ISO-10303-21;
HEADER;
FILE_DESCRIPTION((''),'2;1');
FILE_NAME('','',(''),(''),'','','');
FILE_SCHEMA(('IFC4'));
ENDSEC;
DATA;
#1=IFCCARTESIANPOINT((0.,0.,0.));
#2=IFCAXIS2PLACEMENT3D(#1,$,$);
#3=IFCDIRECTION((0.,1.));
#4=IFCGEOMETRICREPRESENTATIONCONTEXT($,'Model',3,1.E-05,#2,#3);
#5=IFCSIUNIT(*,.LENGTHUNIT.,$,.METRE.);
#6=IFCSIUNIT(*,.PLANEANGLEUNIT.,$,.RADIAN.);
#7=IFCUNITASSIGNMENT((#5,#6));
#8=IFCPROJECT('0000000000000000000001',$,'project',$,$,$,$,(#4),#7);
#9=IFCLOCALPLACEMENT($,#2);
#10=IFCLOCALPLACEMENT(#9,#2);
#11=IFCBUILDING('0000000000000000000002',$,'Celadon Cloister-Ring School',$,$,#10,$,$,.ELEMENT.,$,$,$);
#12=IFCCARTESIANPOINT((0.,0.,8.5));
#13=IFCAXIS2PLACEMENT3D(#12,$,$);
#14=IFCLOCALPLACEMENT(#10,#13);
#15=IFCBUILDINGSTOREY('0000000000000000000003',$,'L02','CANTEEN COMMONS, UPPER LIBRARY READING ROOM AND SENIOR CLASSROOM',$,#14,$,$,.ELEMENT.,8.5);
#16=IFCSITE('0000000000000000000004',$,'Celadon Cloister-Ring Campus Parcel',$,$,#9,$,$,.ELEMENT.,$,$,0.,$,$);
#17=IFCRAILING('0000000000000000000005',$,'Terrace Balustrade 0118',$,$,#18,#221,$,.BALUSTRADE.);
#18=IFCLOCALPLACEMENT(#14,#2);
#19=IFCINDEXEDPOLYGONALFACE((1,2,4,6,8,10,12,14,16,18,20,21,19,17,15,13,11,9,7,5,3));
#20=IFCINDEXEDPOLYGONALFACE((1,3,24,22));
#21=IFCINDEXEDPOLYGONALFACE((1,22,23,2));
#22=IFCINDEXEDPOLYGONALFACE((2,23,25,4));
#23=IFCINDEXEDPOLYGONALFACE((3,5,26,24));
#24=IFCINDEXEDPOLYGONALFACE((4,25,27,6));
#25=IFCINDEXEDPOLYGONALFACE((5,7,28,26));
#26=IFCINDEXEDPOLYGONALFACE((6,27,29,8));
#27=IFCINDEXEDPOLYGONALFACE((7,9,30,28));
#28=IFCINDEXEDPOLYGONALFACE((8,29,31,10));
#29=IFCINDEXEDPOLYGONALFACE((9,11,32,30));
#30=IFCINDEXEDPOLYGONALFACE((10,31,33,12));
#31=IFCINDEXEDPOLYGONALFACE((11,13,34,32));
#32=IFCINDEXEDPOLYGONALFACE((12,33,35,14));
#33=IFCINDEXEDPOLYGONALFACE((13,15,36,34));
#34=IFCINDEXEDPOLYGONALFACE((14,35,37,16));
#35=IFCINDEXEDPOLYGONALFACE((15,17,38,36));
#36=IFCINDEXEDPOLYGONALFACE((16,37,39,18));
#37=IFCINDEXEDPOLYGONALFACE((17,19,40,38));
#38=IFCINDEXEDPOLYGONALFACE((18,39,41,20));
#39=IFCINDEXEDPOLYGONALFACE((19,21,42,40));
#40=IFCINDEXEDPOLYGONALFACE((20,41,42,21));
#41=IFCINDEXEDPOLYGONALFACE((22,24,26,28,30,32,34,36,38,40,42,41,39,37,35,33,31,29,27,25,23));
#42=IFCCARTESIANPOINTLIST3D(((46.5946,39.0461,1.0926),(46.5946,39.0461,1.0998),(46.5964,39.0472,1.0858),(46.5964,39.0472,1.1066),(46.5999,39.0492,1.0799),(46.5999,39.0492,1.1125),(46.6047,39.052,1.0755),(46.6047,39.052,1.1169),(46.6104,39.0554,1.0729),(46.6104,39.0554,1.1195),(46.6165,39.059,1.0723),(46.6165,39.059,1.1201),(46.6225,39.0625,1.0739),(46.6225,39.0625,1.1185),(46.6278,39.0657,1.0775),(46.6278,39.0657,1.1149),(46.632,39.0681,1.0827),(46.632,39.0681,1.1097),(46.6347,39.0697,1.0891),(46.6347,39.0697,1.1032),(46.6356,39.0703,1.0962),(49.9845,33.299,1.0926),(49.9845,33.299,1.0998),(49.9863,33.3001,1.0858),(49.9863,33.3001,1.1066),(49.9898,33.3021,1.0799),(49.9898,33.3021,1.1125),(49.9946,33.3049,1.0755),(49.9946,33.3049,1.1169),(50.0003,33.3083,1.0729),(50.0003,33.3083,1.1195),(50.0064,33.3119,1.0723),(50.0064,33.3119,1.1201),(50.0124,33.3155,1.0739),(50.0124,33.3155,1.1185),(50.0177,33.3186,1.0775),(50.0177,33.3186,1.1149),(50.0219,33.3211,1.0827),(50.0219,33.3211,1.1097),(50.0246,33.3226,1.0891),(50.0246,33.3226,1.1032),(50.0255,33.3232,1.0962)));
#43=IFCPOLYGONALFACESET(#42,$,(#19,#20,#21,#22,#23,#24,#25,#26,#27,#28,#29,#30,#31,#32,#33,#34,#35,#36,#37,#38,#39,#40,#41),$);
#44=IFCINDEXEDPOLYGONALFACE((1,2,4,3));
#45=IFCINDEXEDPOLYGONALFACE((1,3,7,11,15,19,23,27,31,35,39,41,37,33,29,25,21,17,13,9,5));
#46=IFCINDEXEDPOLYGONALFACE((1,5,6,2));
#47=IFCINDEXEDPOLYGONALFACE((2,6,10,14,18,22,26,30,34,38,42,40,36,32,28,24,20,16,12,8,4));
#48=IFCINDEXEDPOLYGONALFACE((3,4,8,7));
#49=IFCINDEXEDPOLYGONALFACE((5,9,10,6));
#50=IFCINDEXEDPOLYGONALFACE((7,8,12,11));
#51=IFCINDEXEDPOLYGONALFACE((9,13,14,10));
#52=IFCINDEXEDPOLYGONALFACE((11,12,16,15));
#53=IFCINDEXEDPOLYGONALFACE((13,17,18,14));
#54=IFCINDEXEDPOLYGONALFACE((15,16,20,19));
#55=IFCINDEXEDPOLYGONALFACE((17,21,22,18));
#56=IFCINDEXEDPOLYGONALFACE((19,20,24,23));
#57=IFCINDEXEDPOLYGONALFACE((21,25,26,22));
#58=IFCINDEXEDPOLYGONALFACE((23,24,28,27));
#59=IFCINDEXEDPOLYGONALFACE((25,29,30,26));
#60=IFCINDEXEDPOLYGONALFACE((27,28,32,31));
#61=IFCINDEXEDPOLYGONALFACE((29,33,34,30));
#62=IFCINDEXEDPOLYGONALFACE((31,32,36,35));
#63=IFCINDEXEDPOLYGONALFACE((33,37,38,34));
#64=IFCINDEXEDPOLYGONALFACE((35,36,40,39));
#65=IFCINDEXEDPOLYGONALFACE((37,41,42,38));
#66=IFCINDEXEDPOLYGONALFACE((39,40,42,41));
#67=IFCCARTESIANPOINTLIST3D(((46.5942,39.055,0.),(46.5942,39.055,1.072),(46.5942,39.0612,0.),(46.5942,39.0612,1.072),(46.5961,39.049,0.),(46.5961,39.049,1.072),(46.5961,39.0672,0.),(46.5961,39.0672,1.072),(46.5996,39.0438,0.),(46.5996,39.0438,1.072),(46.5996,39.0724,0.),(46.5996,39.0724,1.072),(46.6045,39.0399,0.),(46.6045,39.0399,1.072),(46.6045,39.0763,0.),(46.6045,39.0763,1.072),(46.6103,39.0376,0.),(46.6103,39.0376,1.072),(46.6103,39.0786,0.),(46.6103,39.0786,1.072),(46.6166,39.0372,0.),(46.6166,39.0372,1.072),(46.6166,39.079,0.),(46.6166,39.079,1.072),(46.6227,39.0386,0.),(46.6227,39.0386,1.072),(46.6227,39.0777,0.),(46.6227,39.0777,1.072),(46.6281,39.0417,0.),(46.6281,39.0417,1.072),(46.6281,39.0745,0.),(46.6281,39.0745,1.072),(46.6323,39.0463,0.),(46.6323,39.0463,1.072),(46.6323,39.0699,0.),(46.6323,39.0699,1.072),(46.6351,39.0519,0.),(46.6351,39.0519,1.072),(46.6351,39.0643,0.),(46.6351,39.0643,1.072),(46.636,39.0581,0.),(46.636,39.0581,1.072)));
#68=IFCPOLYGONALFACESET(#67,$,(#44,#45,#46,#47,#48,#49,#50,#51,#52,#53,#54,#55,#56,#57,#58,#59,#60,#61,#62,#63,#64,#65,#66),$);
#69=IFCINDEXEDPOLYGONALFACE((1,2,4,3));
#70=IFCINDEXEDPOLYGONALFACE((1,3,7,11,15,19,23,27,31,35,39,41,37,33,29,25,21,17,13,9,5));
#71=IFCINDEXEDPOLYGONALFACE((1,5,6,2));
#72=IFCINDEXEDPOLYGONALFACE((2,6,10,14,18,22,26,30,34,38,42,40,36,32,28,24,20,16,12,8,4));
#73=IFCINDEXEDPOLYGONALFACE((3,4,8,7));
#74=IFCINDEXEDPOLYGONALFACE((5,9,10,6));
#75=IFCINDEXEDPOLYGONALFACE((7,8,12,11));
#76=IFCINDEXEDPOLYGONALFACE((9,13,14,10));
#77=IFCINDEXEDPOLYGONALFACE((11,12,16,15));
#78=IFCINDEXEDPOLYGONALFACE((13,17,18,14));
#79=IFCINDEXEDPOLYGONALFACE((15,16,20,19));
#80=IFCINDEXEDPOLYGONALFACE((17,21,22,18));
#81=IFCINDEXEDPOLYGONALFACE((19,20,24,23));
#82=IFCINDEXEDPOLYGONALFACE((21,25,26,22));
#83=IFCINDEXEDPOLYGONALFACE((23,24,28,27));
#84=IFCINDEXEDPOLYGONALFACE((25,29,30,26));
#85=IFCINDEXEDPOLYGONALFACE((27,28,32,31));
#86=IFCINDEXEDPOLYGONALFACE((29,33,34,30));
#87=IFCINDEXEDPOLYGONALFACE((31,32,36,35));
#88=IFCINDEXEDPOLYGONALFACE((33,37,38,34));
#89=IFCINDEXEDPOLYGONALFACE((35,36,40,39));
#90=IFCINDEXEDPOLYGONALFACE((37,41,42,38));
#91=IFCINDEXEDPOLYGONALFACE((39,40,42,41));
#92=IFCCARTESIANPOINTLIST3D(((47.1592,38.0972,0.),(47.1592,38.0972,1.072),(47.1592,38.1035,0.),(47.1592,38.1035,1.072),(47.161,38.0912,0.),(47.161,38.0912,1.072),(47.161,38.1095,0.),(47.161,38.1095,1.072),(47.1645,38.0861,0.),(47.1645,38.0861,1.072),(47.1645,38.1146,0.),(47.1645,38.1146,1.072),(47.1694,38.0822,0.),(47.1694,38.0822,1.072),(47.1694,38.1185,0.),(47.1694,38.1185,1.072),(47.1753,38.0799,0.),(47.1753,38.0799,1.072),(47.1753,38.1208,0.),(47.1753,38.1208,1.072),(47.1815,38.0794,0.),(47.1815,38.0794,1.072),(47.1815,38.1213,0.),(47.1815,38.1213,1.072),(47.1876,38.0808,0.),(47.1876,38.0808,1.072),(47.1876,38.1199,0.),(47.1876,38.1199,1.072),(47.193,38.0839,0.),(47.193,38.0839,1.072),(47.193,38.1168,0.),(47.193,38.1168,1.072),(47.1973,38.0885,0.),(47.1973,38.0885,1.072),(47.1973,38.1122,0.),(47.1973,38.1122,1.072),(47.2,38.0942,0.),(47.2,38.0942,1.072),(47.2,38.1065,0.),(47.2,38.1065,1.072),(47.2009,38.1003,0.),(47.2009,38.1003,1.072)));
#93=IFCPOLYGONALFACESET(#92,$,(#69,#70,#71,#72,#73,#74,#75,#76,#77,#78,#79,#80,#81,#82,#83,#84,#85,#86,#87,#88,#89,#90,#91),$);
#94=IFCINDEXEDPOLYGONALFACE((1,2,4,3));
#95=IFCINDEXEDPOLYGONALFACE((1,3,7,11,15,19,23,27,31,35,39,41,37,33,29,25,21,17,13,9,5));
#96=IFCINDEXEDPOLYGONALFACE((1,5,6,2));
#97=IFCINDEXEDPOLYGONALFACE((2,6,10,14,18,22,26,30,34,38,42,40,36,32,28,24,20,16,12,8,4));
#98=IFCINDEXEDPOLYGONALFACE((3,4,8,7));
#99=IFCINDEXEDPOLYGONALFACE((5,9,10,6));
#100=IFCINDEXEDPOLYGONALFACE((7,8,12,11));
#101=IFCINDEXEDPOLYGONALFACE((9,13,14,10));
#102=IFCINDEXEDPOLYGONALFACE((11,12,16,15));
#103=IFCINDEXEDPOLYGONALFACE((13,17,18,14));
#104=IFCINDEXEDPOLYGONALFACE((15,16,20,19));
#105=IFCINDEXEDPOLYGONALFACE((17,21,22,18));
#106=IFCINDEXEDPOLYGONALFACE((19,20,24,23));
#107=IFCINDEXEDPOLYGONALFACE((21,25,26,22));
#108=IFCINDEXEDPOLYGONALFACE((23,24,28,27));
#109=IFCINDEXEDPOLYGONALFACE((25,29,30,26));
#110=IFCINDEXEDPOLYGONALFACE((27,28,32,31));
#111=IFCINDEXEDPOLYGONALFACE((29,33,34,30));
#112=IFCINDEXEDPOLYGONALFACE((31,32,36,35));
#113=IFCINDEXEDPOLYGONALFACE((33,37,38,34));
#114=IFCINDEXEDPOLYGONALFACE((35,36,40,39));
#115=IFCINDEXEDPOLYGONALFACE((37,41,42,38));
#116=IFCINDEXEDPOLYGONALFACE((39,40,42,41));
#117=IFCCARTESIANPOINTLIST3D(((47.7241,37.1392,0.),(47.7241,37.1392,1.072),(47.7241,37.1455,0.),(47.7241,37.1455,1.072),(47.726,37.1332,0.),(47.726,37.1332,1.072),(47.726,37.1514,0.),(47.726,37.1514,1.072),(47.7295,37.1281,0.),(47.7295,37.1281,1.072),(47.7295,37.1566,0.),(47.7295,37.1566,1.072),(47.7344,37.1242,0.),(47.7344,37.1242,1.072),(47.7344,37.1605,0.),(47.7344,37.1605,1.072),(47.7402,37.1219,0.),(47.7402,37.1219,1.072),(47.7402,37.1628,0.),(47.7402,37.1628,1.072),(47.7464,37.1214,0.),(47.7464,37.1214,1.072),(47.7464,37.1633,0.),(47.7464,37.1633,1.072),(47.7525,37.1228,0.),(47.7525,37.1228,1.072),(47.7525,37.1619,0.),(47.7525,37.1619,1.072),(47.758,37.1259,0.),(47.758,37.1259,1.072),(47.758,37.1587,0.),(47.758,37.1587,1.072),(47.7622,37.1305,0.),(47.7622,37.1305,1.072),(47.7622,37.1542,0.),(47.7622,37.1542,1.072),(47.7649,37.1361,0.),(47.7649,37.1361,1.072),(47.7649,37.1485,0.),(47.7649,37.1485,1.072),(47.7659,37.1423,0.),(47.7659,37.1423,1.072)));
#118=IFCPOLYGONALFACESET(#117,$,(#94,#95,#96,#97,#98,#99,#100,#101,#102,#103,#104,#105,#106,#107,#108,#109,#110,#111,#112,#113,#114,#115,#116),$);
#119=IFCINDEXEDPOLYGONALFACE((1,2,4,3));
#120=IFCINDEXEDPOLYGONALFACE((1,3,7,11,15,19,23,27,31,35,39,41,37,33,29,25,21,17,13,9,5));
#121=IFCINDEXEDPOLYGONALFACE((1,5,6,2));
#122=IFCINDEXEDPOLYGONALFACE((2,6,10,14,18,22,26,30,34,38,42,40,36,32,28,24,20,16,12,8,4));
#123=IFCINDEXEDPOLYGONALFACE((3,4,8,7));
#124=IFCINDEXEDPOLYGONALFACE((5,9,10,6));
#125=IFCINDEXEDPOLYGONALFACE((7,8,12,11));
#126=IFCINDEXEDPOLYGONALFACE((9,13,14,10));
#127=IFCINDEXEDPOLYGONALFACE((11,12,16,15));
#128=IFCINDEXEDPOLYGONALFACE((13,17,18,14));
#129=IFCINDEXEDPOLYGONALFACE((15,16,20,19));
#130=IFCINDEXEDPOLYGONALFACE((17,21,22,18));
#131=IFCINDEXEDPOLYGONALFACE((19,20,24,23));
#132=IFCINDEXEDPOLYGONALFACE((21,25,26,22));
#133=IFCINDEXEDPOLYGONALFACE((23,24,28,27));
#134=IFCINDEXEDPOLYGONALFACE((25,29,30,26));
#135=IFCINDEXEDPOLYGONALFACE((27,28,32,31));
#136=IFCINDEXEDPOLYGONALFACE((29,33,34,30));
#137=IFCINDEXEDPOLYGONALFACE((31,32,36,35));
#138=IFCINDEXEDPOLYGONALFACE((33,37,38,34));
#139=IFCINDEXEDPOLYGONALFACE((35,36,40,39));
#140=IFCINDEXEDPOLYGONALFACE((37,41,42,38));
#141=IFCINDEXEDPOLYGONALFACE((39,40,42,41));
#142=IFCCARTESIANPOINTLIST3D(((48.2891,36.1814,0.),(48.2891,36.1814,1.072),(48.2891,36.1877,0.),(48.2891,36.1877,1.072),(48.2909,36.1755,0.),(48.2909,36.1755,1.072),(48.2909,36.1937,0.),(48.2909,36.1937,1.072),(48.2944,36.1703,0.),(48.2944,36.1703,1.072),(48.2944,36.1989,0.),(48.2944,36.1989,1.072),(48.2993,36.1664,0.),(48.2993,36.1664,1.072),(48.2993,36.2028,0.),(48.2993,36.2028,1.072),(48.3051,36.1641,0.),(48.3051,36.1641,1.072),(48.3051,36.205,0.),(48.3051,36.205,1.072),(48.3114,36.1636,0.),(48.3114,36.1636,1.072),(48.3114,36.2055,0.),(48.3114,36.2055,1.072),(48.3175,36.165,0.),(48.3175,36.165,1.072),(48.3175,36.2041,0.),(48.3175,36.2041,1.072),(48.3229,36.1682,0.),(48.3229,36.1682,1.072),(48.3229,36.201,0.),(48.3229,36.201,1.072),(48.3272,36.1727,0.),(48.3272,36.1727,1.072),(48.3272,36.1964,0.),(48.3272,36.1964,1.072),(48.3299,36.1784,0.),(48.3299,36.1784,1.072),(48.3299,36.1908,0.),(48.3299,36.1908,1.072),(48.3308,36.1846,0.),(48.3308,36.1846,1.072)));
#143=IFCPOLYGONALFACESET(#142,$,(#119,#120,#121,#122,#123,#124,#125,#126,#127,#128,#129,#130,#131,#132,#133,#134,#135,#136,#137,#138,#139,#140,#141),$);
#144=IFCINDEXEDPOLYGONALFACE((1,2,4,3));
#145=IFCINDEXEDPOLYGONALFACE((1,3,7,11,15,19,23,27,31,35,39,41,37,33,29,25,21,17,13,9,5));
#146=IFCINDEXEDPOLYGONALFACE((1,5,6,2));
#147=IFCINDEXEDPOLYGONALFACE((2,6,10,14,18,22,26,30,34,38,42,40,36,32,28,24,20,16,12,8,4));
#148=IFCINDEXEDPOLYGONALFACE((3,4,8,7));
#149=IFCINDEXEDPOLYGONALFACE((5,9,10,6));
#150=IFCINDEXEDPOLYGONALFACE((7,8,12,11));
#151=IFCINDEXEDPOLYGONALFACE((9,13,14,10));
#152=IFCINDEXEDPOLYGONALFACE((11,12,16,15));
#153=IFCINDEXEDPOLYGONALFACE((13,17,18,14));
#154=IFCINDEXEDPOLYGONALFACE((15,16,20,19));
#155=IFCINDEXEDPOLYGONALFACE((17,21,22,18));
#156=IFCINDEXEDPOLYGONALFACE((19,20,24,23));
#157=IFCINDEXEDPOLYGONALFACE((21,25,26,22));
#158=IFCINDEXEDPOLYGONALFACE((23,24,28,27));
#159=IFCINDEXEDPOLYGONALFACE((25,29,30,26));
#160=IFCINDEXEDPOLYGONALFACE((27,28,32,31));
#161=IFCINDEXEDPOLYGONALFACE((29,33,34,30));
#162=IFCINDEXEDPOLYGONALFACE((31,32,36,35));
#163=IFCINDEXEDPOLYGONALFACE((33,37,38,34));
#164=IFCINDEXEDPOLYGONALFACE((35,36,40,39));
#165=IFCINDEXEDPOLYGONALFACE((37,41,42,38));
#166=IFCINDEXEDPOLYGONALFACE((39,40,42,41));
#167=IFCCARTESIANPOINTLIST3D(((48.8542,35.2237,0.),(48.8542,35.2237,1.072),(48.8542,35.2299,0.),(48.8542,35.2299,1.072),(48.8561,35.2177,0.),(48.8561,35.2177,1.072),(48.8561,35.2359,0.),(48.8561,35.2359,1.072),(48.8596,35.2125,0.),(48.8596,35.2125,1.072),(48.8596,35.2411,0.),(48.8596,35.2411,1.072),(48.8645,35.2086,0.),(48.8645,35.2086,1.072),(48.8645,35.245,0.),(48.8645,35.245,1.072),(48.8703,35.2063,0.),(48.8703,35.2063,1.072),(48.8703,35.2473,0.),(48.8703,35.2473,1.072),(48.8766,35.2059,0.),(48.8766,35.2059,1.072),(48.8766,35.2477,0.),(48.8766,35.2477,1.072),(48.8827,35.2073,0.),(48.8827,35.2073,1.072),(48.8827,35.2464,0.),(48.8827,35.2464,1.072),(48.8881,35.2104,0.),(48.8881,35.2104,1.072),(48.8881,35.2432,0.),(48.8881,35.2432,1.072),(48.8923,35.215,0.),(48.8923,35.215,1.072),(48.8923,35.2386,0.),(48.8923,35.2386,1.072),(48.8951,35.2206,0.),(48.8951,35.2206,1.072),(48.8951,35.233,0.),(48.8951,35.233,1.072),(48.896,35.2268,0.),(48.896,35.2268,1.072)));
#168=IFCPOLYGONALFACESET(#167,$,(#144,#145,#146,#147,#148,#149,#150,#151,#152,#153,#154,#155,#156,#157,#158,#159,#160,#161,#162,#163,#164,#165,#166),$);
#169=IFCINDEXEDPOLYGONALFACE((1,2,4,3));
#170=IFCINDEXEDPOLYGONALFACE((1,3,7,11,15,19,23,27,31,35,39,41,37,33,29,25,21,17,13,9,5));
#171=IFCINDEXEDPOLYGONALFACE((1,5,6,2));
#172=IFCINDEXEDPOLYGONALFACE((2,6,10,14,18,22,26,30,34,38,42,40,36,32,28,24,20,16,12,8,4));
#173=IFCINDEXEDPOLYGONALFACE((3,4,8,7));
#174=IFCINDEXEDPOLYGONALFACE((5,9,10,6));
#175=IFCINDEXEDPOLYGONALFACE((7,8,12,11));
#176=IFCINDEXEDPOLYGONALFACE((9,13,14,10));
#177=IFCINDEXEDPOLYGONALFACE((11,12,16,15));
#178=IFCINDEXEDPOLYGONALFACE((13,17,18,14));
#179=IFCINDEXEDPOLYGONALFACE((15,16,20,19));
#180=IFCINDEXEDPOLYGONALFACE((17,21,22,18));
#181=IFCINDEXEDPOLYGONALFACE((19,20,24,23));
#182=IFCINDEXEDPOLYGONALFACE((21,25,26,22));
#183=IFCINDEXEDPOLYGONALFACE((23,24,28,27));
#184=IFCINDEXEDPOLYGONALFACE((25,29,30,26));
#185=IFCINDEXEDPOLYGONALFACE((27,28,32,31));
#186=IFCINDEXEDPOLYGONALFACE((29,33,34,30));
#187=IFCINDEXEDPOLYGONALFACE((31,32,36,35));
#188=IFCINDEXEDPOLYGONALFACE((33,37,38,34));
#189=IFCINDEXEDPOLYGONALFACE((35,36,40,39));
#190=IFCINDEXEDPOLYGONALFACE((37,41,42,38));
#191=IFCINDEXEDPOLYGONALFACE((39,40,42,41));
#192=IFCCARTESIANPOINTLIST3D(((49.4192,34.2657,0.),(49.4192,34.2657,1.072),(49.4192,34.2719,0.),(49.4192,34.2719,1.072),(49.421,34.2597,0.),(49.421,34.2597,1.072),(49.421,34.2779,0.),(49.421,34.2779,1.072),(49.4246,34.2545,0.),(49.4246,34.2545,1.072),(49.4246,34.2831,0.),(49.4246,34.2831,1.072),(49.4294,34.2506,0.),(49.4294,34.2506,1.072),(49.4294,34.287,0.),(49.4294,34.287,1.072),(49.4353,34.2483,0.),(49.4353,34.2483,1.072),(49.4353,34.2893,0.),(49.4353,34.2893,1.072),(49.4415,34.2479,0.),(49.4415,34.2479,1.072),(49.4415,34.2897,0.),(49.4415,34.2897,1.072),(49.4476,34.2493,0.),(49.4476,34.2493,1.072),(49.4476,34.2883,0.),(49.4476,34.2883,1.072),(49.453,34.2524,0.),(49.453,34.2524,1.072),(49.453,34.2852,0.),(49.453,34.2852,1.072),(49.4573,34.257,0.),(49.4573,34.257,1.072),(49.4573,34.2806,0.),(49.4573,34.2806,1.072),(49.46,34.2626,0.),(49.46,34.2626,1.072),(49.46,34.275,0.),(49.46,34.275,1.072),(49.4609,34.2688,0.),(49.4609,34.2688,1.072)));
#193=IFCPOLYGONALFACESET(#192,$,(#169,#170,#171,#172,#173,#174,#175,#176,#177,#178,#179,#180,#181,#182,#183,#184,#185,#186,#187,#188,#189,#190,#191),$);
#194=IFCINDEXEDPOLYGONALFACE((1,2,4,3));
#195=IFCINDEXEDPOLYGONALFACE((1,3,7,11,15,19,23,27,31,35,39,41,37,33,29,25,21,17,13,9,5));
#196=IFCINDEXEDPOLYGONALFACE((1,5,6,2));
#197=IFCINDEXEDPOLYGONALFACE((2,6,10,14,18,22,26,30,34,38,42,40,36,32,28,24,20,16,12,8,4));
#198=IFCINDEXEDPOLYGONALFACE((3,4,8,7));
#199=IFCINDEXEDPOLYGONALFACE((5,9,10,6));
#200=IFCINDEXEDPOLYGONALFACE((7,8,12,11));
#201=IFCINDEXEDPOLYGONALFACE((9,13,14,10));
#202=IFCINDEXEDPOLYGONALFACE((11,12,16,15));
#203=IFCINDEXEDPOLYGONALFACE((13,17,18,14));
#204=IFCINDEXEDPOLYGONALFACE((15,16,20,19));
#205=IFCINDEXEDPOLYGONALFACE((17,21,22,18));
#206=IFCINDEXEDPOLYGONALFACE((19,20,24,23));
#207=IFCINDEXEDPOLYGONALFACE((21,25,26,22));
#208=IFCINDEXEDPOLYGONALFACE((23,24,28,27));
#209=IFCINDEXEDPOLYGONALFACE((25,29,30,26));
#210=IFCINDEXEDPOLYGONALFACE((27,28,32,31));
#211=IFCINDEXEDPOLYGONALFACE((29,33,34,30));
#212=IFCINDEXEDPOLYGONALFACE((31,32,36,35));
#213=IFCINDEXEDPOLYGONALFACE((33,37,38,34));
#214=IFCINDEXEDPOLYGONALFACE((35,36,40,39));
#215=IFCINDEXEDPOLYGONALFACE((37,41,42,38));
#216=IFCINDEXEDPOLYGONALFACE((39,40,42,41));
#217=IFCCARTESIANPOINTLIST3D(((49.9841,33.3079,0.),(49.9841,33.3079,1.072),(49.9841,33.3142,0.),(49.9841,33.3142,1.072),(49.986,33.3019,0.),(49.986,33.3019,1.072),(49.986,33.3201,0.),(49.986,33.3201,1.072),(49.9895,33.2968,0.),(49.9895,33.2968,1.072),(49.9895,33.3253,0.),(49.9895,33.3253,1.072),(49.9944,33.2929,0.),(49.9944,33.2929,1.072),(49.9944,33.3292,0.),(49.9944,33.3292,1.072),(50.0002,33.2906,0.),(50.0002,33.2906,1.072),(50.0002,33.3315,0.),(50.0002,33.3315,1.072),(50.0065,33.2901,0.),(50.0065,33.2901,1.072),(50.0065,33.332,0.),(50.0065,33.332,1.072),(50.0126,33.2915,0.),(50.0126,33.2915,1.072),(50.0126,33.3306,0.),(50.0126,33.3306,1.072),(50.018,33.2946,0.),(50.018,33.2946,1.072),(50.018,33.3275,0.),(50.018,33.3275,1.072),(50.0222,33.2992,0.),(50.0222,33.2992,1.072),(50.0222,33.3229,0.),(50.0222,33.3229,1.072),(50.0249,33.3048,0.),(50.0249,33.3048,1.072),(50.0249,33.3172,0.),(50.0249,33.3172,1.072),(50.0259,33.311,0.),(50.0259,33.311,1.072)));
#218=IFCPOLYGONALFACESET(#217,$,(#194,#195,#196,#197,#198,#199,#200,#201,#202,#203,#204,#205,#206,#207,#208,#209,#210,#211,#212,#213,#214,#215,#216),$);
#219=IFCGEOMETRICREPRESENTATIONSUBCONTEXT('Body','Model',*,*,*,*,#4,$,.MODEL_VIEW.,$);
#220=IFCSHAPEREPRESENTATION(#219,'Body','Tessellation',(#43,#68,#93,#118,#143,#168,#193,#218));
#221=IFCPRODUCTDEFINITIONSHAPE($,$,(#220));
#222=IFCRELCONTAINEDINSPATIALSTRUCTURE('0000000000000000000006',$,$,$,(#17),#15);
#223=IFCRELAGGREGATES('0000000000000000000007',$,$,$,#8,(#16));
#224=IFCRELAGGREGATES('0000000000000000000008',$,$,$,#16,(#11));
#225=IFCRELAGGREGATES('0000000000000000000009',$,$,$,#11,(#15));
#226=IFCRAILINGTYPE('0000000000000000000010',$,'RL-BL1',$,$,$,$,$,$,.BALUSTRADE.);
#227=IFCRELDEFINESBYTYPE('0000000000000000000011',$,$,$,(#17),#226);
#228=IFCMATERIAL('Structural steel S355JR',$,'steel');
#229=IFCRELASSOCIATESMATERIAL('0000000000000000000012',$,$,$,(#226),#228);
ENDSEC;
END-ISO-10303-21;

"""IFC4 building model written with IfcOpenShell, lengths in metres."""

from ifc_helpers import new_model, si_unit, direction, frame, origin, origin_2d, place, context, subcontext, project, spatial, circle, extrude, material, type_object, element, save


model = new_model("IFC4")

# Units and contexts
model_context = context("Model", 3, precision=1e-05, world=origin(), true_north=direction((0.0, 1.0)))
body_context = subcontext(model_context, "Body", "Model", "MODEL_VIEW")
ifc_project = project(units=[si_unit("LENGTHUNIT", "METRE"), si_unit("PLANEANGLEUNIT", "RADIAN")], contexts=[model_context])

# Site, building, storey
site_placement = place(None, origin())
site = spatial("IfcSite", under=ifc_project, at=site_placement, Name="Celadon Cloister-Ring Campus Parcel", CompositionType="ELEMENT", RefElevation=0.0)
building_placement = place(site_placement, origin())
building = spatial("IfcBuilding", under=site, at=building_placement, Name="Celadon Cloister-Ring School", CompositionType="ELEMENT")
storey_placement = place(building_placement, frame((0.0, 0.0, 8.5)))
storey = spatial("IfcBuildingStorey", under=building, at=storey_placement, Name="L02", Description="CANTEEN COMMONS, UPPER LIBRARY READING ROOM AND SENIOR CLASSROOM", CompositionType="ELEMENT", Elevation=8.5)

# Railing
ifc_material_1 = material(Name="Structural steel S355JR", Category="steel")
railing_type = type_object("IfcRailingType", Name="RL-BL1", PredefinedType="BALUSTRADE", material=ifc_material_1)
railing_1_placement = place(storey_placement, frame((46.615, 39.0581, 0.0)))
element("IfcRailing", 1, at=railing_1_placement, inside=storey, type_object=railing_type, Name="Terrace Balustrade 0118", PredefinedType="BALUSTRADE", context=body_context, shape_type="SweptSolid", body=[
    extrude(circle(Radius=0.0239, at=origin_2d()), frame((0.0, 0.0, 1.0962), z_axis=(0.508051, -0.861327, 0.0), x_axis=(0.861327, 0.508051, 0.0)), (0.0, 0.0, 1.0), 6.6724),
    extrude(circle(Radius=0.021, at=origin_2d()), origin(), (0.0, 0.0, 1.0), 1.072),
    extrude(circle(Radius=0.021, at=origin_2d()), frame((0.5649, -0.9578, 0.0)), (0.0, 0.0, 1.0), 1.072),
    extrude(circle(Radius=0.021, at=origin_2d()), frame((1.1299, -1.9158, 0.0)), (0.0, 0.0, 1.0), 1.072),
    extrude(circle(Radius=0.021, at=origin_2d()), frame((1.6948, -2.8735, 0.0)), (0.0, 0.0, 1.0), 1.072),
    extrude(circle(Radius=0.021, at=origin_2d()), frame((2.26, -3.8313, 0.0)), (0.0, 0.0, 1.0), 1.072),
    extrude(circle(Radius=0.021, at=origin_2d()), frame((2.825, -4.7893, 0.0)), (0.0, 0.0, 1.0), 1.072),
    extrude(circle(Radius=0.021, at=origin_2d()), frame((3.3899, -5.7471, 0.0)), (0.0, 0.0, 1.0), 1.072),
])

save(model, "model.ifc")
